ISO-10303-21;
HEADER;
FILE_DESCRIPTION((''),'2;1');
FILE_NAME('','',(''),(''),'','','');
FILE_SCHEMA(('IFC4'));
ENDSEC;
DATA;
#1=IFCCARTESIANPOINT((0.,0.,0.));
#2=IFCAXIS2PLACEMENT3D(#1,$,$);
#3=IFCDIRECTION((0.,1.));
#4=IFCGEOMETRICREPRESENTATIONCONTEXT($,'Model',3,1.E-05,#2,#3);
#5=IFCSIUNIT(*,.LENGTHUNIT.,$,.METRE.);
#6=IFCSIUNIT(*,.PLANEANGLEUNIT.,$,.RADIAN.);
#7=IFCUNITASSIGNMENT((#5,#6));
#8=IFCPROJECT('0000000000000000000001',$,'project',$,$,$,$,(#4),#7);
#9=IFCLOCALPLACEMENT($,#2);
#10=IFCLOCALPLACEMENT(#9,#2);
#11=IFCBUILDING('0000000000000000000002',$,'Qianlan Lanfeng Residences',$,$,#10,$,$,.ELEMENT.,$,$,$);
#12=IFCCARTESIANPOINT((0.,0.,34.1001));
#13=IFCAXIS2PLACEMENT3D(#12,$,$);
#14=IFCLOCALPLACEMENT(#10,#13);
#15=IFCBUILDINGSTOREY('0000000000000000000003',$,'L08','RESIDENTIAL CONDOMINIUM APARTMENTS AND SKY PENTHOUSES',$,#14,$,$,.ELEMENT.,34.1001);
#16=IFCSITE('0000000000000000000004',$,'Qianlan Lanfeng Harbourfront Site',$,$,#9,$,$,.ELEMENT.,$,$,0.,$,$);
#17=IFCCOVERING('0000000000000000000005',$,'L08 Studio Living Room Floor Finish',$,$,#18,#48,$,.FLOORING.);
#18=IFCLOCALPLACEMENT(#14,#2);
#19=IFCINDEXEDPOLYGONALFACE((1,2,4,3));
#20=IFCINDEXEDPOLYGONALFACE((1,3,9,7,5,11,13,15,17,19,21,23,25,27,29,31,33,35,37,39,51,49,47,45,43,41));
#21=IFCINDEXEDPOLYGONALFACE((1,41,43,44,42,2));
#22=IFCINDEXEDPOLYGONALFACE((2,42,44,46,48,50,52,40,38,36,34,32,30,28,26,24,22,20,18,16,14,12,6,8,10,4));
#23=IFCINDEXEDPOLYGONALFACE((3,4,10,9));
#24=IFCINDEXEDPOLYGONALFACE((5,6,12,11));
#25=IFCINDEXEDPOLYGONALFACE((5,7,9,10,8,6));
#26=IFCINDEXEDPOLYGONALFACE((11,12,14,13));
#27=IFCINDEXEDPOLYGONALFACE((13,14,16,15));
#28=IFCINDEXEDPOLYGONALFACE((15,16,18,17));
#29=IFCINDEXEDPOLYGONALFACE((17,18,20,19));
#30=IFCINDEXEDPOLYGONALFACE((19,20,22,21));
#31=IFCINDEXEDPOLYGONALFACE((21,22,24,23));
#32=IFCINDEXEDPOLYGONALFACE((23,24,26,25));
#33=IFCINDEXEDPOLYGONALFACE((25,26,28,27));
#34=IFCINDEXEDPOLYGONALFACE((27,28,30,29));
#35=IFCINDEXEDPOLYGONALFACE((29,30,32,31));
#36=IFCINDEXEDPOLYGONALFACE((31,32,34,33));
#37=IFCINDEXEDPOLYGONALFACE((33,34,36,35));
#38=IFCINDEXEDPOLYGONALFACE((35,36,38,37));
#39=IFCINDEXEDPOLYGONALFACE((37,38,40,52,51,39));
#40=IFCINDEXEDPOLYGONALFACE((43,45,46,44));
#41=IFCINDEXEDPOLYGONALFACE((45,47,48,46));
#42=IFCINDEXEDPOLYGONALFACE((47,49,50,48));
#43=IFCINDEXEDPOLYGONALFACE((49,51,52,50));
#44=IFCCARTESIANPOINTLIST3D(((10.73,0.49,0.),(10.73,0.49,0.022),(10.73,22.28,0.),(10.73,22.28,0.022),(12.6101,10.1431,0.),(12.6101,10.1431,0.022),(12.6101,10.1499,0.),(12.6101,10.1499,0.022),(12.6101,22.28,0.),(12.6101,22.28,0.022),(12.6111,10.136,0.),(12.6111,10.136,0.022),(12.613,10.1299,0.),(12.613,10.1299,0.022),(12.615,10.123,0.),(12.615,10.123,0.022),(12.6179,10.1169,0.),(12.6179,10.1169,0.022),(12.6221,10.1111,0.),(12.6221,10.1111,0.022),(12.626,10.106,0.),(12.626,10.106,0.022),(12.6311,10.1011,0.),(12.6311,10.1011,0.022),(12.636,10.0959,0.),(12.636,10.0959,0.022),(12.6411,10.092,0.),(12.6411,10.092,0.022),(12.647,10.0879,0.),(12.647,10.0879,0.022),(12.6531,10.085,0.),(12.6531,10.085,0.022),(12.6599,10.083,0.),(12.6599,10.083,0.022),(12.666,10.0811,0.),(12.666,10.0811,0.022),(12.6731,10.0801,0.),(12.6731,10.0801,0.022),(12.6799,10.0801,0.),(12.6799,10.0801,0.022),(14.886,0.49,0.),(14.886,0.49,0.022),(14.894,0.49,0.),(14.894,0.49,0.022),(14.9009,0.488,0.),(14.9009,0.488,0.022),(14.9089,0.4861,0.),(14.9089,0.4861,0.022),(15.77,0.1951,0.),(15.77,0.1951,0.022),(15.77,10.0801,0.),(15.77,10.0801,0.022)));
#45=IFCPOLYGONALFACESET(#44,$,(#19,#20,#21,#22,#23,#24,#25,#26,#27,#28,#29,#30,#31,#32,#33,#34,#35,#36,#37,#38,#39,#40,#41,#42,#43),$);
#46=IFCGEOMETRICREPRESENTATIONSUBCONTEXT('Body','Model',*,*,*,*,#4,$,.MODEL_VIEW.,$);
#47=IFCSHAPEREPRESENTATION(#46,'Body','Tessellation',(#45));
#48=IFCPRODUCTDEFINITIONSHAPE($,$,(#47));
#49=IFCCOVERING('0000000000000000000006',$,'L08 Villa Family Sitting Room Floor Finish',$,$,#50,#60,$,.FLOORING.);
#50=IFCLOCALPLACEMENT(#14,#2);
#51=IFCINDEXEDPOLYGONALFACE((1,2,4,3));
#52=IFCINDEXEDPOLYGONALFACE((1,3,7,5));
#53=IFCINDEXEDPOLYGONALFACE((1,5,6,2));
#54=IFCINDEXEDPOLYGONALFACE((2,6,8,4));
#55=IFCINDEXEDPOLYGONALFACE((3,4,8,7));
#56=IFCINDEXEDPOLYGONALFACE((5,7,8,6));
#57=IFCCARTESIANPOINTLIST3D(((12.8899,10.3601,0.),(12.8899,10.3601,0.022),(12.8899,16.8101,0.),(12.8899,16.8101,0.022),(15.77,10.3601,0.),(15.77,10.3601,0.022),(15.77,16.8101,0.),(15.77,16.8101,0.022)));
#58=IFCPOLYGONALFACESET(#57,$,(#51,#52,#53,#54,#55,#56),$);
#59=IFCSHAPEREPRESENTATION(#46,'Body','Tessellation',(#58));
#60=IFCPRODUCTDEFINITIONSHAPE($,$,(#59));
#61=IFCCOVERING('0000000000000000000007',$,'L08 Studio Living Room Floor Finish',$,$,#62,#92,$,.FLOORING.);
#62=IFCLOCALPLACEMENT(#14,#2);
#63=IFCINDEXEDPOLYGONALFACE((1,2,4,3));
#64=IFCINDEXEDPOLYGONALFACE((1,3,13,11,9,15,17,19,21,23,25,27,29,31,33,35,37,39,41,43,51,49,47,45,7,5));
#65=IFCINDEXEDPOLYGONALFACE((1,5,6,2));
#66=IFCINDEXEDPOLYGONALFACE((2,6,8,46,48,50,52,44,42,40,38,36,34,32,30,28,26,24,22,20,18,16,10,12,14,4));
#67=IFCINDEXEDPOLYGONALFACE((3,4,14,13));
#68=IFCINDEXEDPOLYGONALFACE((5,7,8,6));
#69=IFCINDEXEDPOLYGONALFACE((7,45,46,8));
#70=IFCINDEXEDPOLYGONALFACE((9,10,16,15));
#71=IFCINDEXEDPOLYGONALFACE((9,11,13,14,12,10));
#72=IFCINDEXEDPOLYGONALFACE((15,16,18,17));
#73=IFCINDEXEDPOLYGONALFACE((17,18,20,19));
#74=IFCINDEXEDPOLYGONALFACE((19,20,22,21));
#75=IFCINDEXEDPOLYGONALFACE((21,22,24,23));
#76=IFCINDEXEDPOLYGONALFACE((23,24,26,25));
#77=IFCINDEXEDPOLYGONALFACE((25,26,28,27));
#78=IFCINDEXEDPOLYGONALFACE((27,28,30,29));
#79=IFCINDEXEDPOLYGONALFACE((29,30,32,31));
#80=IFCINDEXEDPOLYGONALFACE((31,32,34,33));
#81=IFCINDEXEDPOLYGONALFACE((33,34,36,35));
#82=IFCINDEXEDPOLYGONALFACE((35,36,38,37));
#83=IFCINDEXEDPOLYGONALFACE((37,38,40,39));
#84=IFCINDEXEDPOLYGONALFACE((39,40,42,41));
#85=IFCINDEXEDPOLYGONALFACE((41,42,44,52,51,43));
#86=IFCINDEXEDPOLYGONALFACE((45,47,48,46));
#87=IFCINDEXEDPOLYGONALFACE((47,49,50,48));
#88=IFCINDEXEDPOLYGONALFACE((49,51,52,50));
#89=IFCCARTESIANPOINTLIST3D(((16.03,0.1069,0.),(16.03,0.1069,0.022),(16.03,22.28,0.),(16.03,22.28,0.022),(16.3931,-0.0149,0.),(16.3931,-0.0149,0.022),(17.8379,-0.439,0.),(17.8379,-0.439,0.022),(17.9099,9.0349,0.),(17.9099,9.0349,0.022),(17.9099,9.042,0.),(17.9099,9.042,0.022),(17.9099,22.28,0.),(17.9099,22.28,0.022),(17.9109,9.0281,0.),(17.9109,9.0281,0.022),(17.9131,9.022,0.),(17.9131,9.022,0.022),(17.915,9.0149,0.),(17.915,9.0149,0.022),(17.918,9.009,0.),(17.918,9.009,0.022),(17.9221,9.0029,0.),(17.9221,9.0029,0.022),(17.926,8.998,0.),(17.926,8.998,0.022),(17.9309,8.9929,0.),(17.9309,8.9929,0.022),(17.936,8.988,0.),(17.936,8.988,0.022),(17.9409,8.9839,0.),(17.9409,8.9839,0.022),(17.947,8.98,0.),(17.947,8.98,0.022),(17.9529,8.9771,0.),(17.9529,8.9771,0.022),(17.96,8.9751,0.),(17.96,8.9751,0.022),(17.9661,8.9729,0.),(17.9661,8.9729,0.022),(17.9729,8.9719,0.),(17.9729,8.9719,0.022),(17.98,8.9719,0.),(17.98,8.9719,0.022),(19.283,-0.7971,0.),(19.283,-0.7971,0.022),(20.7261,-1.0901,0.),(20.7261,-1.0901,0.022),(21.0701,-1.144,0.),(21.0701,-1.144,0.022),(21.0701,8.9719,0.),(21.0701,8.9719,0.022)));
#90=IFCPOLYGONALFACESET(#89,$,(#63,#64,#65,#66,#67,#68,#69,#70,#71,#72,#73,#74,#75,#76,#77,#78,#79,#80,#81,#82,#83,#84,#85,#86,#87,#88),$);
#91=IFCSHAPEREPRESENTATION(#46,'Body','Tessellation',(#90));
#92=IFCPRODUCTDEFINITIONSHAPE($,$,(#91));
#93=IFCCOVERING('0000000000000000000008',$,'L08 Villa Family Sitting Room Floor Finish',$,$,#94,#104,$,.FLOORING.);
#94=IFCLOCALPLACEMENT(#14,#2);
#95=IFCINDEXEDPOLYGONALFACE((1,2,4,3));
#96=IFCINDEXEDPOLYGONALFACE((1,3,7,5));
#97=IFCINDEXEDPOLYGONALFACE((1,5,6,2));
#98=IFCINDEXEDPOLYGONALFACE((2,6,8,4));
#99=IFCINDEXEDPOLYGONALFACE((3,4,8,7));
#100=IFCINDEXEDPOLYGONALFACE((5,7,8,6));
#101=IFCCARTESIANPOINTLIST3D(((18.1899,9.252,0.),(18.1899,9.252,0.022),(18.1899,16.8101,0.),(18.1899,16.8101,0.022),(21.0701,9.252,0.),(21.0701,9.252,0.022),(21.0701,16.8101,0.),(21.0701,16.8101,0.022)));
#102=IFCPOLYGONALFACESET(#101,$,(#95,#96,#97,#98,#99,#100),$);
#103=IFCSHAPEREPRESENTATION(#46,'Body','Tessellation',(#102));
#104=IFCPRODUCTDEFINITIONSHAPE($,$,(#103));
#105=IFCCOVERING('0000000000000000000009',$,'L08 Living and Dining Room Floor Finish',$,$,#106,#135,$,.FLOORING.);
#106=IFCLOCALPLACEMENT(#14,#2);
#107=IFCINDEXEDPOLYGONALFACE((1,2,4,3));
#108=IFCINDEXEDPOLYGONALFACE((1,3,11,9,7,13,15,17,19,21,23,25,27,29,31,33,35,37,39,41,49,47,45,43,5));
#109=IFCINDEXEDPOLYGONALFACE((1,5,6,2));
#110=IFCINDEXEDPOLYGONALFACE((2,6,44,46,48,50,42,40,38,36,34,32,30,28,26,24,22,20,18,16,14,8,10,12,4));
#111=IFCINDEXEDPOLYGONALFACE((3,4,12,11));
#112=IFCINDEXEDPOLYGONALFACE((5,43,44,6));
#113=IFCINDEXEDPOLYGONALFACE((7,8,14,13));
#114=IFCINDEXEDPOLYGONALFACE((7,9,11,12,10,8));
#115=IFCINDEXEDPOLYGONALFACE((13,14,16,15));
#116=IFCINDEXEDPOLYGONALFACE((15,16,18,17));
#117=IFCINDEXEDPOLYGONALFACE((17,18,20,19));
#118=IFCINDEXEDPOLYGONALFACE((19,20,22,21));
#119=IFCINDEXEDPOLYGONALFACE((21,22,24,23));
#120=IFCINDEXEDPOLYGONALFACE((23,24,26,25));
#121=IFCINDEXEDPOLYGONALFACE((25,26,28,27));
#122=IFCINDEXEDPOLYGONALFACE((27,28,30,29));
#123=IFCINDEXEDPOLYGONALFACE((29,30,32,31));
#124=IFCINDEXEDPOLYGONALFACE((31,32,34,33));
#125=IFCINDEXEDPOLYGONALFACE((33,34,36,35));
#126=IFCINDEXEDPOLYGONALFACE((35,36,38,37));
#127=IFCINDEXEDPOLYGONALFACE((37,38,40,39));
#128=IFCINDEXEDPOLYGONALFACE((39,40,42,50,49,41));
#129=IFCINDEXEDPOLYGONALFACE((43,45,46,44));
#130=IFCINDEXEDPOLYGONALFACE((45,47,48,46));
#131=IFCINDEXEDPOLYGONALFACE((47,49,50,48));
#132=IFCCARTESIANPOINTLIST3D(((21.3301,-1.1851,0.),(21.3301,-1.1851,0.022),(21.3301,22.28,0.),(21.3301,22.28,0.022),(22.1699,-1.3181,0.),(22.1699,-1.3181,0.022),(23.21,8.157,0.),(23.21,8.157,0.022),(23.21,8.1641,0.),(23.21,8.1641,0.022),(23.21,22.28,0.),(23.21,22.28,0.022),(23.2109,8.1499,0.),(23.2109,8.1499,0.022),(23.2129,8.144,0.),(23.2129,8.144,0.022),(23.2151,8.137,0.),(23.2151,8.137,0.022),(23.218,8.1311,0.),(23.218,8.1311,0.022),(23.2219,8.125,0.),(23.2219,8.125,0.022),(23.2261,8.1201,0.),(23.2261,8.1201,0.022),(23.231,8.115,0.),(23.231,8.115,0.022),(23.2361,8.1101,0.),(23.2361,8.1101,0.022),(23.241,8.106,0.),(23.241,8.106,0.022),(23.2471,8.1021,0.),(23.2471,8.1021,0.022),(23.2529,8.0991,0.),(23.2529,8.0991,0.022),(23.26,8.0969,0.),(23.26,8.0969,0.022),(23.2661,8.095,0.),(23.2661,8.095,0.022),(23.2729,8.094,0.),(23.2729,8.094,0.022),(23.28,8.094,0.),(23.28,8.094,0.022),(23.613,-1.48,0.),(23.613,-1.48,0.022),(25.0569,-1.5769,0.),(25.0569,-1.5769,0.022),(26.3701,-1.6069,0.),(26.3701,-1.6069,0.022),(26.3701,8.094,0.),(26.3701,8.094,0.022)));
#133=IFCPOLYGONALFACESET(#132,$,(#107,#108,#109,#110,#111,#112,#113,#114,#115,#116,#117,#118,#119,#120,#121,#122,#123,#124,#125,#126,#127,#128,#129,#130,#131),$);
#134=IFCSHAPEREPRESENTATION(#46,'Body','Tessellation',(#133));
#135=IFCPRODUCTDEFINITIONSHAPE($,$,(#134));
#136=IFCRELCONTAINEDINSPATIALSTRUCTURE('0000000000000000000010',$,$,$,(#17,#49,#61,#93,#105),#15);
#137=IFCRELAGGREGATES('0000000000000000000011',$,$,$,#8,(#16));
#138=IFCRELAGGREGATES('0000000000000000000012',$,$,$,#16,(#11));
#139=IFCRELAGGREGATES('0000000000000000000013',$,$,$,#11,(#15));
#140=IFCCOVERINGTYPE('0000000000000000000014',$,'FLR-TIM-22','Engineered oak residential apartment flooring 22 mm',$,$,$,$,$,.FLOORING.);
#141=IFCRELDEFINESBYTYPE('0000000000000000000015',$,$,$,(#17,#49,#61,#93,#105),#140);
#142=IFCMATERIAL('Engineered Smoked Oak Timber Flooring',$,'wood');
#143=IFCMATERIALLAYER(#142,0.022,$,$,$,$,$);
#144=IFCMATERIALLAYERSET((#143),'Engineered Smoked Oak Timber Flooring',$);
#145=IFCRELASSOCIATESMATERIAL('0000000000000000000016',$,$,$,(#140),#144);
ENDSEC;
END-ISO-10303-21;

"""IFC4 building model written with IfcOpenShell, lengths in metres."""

from ifc_helpers import new_model, si_unit, direction, frame, origin, place, context, subcontext, project, spatial, polyline, outline, extrude, material, layer, layer_set, type_object, element, save


model = new_model("IFC4")

# Units and contexts
model_context = context("Model", 3, precision=1e-05, world=origin(), true_north=direction((0.0, 1.0)))
body_context = subcontext(model_context, "Body", "Model", "MODEL_VIEW")
ifc_project = project(units=[si_unit("LENGTHUNIT", "METRE"), si_unit("PLANEANGLEUNIT", "RADIAN")], contexts=[model_context])

# Site, building, storey
site_placement = place(None, origin())
site = spatial("IfcSite", under=ifc_project, at=site_placement, Name="Qianlan Lanfeng Harbourfront Site", CompositionType="ELEMENT", RefElevation=0.0)
building_placement = place(site_placement, origin())
building = spatial("IfcBuilding", under=site, at=building_placement, Name="Qianlan Lanfeng Residences", CompositionType="ELEMENT")
storey_placement = place(building_placement, frame((0.0, 0.0, 34.1001)))
storey = spatial("IfcBuildingStorey", under=building, at=storey_placement, Name="L08", Description="RESIDENTIAL CONDOMINIUM APARTMENTS AND SKY PENTHOUSES", CompositionType="ELEMENT", Elevation=34.1001)

# Coverings
ifc_material_1 = material(Name="Engineered Smoked Oak Timber Flooring", Category="wood")
ifc_layer_1 = layer(ifc_material_1, 0.022)
ifc_layer_set_1 = layer_set([ifc_layer_1], Name="Engineered Smoked Oak Timber Flooring")
covering_type_1 = type_object("IfcCoveringType", Name="FLR-TIM-22", Description="Engineered oak residential apartment flooring 22 mm", PredefinedType="FLOORING", material=ifc_layer_set_1)
covering_1_placement = place(storey_placement, origin())
element("IfcCovering", 1, at=covering_1_placement, inside=storey, type_object=covering_type_1, Name="L08 Studio Living Room Floor Finish", PredefinedType="FLOORING", context=body_context, shape_type="SweptSolid", body=[
    extrude(outline(polyline([(15.77, 0.1951), (15.77, 10.0801), (12.6799, 10.0801), (12.6731, 10.0801), (12.666, 10.0811), (12.6599, 10.083), (12.6531, 10.085), (12.647, 10.0879), (12.6411, 10.092), (12.636, 10.0959), (12.6311, 10.1011), (12.626, 10.106), (12.6221, 10.1111), (12.6179, 10.1169), (12.615, 10.123), (12.613, 10.1299), (12.6111, 10.136), (12.6101, 10.1431), (12.6101, 10.1499), (12.6101, 22.28), (10.73, 22.28), (10.73, 0.49), (14.886, 0.49), (14.894, 0.49), (14.9009, 0.488), (14.9089, 0.4861), (15.77, 0.1951)])), origin(), (0.0, 0.0, 1.0), 0.022),
])
covering_2_placement = place(storey_placement, origin())
element("IfcCovering", 2, at=covering_2_placement, inside=storey, type_object=covering_type_1, Name="L08 Villa Family Sitting Room Floor Finish", PredefinedType="FLOORING", context=body_context, shape_type="SweptSolid", body=[
    extrude(outline(polyline([(12.8899, 16.8101), (12.8899, 10.3601), (15.77, 10.3601), (15.77, 16.8101), (12.8899, 16.8101)])), origin(), (0.0, 0.0, 1.0), 0.022),
])
covering_3_placement = place(storey_placement, origin())
element("IfcCovering", 3, at=covering_3_placement, inside=storey, type_object=covering_type_1, Name="L08 Studio Living Room Floor Finish", PredefinedType="FLOORING", context=body_context, shape_type="SweptSolid", body=[
    extrude(outline(polyline([(21.0701, -1.144), (21.0701, 8.9719), (17.98, 8.9719), (17.9729, 8.9719), (17.9661, 8.9729), (17.96, 8.9751), (17.9529, 8.9771), (17.947, 8.98), (17.9409, 8.9839), (17.936, 8.988), (17.9309, 8.9929), (17.926, 8.998), (17.9221, 9.0029), (17.918, 9.009), (17.915, 9.0149), (17.9131, 9.022), (17.9109, 9.0281), (17.9099, 9.0349), (17.9099, 9.042), (17.9099, 22.28), (16.03, 22.28), (16.03, 0.1069), (16.3931, -0.0149), (17.8379, -0.439), (19.283, -0.7971), (20.7261, -1.0901), (21.0701, -1.144)])), origin(), (0.0, 0.0, 1.0), 0.022),
])
covering_4_placement = place(storey_placement, origin())
element("IfcCovering", 4, at=covering_4_placement, inside=storey, type_object=covering_type_1, Name="L08 Villa Family Sitting Room Floor Finish", PredefinedType="FLOORING", context=body_context, shape_type="SweptSolid", body=[
    extrude(outline(polyline([(18.1899, 16.8101), (18.1899, 9.252), (21.0701, 9.252), (21.0701, 16.8101), (18.1899, 16.8101)])), origin(), (0.0, 0.0, 1.0), 0.022),
])
covering_5_placement = place(storey_placement, origin())
element("IfcCovering", 5, at=covering_5_placement, inside=storey, type_object=covering_type_1, Name="L08 Living and Dining Room Floor Finish", PredefinedType="FLOORING", context=body_context, shape_type="SweptSolid", body=[
    extrude(outline(polyline([(26.3701, -1.6069), (26.3701, 8.094), (23.28, 8.094), (23.2729, 8.094), (23.2661, 8.095), (23.26, 8.0969), (23.2529, 8.0991), (23.2471, 8.1021), (23.241, 8.106), (23.2361, 8.1101), (23.231, 8.115), (23.2261, 8.1201), (23.2219, 8.125), (23.218, 8.1311), (23.2151, 8.137), (23.2129, 8.144), (23.2109, 8.1499), (23.21, 8.157), (23.21, 8.1641), (23.21, 22.28), (21.3301, 22.28), (21.3301, -1.1851), (22.1699, -1.3181), (23.613, -1.48), (25.0569, -1.5769), (26.3701, -1.6069)])), origin(), (0.0, 0.0, 1.0), 0.022),
])

save(model, "model.ifc")
